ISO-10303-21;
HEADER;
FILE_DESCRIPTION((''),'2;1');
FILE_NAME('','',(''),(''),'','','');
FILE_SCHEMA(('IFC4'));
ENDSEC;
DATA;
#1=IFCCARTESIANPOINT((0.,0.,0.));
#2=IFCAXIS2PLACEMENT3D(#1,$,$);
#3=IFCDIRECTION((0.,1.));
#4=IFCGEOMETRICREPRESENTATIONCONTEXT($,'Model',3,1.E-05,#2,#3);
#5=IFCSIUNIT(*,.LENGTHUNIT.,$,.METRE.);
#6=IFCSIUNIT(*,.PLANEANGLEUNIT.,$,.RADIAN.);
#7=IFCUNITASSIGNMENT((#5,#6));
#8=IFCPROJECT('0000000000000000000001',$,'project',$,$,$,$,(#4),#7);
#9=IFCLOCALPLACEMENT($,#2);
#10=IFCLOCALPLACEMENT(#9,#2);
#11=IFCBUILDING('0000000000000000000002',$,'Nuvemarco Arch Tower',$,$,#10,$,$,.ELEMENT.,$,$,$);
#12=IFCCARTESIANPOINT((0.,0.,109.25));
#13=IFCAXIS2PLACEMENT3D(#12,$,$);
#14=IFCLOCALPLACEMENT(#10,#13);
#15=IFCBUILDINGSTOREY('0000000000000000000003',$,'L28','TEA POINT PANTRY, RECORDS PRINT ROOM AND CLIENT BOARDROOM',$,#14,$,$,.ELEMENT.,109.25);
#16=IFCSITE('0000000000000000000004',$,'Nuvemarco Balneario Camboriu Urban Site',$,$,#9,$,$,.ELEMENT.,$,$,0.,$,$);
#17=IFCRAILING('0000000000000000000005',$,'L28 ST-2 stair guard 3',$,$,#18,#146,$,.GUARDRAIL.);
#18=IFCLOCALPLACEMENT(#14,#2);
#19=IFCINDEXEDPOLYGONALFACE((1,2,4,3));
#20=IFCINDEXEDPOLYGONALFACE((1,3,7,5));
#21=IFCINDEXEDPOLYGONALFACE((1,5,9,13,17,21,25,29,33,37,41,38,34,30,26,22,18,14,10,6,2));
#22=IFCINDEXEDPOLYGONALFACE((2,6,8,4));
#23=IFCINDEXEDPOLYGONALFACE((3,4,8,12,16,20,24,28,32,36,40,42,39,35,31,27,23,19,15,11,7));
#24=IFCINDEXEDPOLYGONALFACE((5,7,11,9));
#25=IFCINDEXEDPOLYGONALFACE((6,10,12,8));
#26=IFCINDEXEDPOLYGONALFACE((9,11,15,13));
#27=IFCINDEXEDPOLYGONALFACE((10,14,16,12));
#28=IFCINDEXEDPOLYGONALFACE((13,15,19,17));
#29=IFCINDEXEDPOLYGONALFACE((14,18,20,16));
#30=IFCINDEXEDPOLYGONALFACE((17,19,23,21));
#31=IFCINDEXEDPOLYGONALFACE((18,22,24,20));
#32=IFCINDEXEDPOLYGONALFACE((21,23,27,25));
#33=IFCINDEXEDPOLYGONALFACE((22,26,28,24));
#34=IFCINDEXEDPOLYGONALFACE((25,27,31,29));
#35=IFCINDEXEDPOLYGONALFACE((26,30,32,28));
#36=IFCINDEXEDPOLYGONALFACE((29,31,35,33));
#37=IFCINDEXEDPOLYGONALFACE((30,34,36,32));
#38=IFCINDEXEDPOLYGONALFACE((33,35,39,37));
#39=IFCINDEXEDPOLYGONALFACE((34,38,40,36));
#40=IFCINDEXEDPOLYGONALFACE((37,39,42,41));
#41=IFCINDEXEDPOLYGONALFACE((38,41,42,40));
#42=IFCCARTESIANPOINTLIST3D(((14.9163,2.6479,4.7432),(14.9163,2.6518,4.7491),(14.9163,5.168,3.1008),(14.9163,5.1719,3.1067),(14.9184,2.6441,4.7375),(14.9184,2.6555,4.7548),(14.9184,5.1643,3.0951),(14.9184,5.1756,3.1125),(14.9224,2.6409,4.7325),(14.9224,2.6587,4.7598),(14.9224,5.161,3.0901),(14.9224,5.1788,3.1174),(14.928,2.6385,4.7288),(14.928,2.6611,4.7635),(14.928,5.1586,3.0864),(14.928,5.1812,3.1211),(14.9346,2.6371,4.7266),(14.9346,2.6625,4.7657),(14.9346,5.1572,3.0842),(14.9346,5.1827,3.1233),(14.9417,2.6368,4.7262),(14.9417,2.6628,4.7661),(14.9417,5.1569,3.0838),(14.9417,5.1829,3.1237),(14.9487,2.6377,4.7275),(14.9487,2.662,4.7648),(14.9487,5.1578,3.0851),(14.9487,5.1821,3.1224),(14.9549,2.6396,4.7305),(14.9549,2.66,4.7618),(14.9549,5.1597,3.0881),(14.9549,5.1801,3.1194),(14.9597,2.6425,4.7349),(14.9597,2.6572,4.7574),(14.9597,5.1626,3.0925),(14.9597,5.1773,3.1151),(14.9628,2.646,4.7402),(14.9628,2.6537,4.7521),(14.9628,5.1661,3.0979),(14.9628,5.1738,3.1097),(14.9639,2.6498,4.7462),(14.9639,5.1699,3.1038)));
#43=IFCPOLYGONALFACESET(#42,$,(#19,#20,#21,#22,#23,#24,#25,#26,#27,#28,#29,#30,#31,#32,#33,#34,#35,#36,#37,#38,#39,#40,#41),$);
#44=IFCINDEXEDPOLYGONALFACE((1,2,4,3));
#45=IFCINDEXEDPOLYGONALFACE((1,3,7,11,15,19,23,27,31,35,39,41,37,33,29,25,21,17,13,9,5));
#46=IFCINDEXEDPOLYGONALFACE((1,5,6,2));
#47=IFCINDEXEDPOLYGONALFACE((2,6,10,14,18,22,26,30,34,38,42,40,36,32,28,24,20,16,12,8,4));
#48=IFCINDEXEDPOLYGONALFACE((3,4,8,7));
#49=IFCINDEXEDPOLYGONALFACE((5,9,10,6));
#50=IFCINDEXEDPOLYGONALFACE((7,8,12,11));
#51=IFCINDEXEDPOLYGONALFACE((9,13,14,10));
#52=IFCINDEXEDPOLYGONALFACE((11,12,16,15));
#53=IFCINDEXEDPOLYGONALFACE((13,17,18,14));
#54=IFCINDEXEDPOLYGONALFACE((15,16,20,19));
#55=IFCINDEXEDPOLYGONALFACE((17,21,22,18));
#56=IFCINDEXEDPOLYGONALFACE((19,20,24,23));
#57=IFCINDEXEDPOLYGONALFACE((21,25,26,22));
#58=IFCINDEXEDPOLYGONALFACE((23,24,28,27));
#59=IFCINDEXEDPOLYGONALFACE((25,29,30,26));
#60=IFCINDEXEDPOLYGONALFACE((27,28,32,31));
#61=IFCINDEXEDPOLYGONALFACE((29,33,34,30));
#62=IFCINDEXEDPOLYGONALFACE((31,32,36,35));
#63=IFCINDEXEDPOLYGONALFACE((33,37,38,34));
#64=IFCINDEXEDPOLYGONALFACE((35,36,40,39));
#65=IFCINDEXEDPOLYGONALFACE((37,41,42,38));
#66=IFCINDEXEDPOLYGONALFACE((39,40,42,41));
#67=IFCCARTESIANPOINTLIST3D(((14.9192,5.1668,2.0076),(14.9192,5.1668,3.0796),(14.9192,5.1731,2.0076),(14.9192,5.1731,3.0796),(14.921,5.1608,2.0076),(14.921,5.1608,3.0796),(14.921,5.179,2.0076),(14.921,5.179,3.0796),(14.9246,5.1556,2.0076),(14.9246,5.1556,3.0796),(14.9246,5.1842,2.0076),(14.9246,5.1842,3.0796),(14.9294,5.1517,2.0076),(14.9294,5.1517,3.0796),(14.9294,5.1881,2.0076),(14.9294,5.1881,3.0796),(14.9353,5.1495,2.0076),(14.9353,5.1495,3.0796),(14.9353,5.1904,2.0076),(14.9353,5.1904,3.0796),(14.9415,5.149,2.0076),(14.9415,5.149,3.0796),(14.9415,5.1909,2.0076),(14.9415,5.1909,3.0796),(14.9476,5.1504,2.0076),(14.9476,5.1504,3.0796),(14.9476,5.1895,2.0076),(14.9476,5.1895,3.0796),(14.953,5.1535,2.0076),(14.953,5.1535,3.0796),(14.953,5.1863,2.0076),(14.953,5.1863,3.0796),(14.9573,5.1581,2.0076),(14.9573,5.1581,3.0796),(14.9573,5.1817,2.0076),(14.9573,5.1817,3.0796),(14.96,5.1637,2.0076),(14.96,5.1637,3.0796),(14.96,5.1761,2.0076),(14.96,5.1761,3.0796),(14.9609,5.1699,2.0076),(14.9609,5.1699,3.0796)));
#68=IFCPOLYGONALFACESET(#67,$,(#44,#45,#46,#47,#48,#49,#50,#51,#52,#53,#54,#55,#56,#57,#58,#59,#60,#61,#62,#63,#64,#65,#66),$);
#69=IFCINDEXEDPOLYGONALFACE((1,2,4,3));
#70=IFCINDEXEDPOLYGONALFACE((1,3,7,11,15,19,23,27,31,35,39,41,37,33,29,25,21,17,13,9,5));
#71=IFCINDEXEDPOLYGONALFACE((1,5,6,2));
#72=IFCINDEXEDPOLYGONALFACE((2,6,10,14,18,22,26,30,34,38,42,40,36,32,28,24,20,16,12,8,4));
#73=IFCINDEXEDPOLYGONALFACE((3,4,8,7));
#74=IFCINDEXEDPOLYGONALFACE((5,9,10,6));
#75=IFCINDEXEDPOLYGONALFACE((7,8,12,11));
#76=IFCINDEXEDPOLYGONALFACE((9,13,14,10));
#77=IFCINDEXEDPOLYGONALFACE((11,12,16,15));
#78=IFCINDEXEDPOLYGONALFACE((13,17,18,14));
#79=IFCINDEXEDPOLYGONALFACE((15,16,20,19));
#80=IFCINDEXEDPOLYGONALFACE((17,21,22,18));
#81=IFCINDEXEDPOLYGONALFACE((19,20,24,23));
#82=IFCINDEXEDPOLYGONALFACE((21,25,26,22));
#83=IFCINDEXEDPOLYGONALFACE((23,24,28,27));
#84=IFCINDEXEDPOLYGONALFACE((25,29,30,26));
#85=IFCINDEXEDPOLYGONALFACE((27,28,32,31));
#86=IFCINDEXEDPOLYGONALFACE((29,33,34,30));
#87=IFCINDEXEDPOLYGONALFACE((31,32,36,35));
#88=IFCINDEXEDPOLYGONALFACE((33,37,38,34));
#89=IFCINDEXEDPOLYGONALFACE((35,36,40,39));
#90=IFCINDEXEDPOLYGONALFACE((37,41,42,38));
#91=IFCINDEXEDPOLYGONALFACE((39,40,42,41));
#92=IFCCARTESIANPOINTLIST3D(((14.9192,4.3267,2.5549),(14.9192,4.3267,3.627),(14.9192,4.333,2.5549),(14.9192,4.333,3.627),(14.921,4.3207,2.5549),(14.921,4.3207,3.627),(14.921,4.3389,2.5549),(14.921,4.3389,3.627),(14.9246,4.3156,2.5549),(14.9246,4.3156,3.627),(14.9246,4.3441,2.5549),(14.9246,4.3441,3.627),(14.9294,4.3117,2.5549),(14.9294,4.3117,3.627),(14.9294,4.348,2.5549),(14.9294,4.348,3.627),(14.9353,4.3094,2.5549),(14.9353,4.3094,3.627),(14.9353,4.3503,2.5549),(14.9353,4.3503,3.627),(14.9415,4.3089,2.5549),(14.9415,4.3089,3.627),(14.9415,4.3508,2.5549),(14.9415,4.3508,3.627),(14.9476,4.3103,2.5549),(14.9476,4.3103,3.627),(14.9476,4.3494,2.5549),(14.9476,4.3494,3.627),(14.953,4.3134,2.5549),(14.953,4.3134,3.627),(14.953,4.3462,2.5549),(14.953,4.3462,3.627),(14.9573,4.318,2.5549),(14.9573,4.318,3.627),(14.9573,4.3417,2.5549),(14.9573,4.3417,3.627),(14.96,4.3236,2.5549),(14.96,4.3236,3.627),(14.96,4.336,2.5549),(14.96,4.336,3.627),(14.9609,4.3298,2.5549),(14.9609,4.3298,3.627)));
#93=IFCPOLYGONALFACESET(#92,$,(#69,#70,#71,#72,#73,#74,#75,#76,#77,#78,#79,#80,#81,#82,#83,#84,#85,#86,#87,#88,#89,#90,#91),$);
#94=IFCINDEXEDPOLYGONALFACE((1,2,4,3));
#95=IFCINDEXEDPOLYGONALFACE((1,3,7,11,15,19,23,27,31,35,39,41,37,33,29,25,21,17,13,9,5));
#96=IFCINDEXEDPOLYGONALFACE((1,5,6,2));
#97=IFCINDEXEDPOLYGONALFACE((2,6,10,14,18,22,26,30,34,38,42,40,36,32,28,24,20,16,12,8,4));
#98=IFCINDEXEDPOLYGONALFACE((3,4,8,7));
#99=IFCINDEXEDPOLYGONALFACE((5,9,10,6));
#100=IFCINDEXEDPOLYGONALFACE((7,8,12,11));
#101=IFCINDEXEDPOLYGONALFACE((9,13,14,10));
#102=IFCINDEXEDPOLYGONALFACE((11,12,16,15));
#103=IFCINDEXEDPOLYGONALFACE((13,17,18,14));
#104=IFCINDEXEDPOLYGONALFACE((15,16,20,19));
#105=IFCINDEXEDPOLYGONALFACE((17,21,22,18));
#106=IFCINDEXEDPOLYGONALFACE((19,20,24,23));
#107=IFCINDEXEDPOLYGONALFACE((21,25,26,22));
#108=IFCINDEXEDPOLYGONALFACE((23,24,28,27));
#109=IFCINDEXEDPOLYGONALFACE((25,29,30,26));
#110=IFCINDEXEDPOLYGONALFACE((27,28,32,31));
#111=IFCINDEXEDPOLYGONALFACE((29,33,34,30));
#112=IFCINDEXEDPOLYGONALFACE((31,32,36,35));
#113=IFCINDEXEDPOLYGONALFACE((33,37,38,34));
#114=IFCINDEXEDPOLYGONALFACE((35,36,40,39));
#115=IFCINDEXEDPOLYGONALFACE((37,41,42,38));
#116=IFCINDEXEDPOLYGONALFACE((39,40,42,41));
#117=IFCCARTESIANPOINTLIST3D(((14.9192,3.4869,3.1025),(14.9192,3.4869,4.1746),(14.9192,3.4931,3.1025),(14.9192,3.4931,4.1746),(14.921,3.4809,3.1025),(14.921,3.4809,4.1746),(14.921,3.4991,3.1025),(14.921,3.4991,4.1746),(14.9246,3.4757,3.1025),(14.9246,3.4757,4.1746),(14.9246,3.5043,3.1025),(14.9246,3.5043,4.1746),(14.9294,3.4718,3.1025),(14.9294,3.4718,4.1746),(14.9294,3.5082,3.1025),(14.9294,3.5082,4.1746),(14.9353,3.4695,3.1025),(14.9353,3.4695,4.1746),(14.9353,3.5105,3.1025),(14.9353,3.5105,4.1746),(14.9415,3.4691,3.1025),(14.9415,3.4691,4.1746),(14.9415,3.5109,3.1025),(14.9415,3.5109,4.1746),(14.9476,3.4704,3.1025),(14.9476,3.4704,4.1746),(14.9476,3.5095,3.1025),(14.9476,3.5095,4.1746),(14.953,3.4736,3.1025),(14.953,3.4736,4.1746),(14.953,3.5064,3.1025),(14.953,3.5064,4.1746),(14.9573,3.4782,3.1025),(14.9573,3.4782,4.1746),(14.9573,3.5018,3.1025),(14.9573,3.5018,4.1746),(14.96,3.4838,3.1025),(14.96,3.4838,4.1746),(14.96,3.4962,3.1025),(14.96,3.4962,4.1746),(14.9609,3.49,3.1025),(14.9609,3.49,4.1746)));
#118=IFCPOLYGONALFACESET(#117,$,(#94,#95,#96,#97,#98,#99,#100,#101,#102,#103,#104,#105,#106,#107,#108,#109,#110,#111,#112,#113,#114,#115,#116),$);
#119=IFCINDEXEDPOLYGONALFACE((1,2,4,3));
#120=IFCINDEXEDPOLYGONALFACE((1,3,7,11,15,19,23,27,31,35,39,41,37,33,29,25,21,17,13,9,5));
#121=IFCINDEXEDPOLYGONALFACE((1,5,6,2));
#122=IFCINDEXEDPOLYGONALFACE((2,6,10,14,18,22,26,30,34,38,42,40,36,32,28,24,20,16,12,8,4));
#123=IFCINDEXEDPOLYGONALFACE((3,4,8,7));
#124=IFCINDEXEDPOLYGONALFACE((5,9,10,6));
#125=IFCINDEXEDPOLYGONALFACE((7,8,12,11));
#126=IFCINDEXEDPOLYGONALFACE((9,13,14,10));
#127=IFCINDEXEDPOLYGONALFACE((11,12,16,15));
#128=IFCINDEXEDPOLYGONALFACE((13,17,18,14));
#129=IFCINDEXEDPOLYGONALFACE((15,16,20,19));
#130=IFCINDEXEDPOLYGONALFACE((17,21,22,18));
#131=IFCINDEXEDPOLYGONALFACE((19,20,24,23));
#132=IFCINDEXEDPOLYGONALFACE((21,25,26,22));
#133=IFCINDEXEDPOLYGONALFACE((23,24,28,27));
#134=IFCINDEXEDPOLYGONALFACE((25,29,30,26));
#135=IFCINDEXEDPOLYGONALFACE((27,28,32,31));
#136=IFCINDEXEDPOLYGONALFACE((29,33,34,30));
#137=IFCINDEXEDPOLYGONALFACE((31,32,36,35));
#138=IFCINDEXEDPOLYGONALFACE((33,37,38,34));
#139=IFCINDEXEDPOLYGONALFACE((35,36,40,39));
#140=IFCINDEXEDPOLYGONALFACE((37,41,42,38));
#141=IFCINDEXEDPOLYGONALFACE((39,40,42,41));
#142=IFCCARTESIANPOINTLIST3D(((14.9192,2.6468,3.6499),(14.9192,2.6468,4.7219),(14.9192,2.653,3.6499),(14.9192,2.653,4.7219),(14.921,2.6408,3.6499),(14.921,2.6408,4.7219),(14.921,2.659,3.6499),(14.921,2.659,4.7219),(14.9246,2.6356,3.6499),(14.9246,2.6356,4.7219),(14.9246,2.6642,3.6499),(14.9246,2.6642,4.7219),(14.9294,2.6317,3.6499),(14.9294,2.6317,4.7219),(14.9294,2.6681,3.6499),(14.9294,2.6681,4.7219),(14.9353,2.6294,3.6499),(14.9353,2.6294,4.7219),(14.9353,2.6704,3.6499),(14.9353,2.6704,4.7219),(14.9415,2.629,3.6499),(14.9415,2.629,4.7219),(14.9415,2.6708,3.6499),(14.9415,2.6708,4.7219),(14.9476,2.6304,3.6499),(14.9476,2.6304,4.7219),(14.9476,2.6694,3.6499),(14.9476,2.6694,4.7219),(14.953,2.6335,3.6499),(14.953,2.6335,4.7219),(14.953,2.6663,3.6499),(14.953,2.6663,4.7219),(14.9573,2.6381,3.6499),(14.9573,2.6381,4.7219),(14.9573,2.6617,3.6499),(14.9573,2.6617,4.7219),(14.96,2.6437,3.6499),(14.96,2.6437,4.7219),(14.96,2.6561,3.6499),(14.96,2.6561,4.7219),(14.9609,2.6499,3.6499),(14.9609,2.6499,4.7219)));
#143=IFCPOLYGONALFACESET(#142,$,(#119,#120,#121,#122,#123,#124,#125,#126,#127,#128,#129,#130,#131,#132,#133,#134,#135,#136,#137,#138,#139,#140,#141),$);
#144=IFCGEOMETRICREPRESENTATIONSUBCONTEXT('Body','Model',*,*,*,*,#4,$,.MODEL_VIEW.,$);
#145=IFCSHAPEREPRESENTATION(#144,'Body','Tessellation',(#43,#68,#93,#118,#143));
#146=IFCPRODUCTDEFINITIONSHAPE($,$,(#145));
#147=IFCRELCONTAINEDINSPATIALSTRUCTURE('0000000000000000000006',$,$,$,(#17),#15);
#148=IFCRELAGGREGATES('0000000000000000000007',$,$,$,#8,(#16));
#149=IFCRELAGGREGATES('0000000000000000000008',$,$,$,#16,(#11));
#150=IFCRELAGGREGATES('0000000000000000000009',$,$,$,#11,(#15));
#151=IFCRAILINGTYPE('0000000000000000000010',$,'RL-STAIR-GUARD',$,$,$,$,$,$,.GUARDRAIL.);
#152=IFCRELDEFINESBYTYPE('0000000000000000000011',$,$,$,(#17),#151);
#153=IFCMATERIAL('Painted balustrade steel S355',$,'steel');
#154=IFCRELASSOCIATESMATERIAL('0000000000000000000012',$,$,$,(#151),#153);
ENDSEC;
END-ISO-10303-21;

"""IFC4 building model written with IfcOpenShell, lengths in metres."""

from ifc_helpers import new_model, si_unit, direction, frame, origin, origin_2d, place, context, subcontext, project, spatial, circle, extrude, material, type_object, element, save


model = new_model("IFC4")

# Units and contexts
model_context = context("Model", 3, precision=1e-05, world=origin(), true_north=direction((0.0, 1.0)))
body_context = subcontext(model_context, "Body", "Model", "MODEL_VIEW")
ifc_project = project(units=[si_unit("LENGTHUNIT", "METRE"), si_unit("PLANEANGLEUNIT", "RADIAN")], contexts=[model_context])

# Site, building, storey
site_placement = place(None, origin())
site = spatial("IfcSite", under=ifc_project, at=site_placement, Name="Nuvemarco Balneario Camboriu Urban Site", CompositionType="ELEMENT", RefElevation=0.0)
building_placement = place(site_placement, origin())
building = spatial("IfcBuilding", under=site, at=building_placement, Name="Nuvemarco Arch Tower", CompositionType="ELEMENT")
storey_placement = place(building_placement, frame((0.0, 0.0, 109.25)))
storey = spatial("IfcBuildingStorey", under=building, at=storey_placement, Name="L28", Description="TEA POINT PANTRY, RECORDS PRINT ROOM AND CLIENT BOARDROOM", CompositionType="ELEMENT", Elevation=109.25)

# Railing
ifc_material_1 = material(Name="Painted balustrade steel S355", Category="steel")
railing_type_1 = type_object("IfcRailingType", Name="RL-STAIR-GUARD", PredefinedType="GUARDRAIL", material=ifc_material_1)
railing_1_placement = place(storey_placement, frame((14.9399, 5.1699, 2.0076)))
element("IfcRailing", 1, at=railing_1_placement, inside=storey, type_object=railing_type_1, Name="L28 ST-2 stair guard 3", PredefinedType="GUARDRAIL", context=body_context, shape_type="SweptSolid", body=[
    extrude(circle(Radius=0.0239, at=origin_2d()), frame((0.0, 0.0, 1.0962), z_axis=(0.0, -0.837787, 0.545998), x_axis=(1.0, 0.0, 0.0)), (0.0, 0.0, 1.0), 3.0081),
    extrude(circle(Radius=0.021, at=origin_2d()), origin(), (0.0, 0.0, 1.0), 1.072),
    extrude(circle(Radius=0.021, at=origin_2d()), frame((0.0, -0.8401, 0.5474)), (0.0, 0.0, 1.0), 1.072),
    extrude(circle(Radius=0.021, at=origin_2d()), frame((0.0, -1.6799, 1.095)), (0.0, 0.0, 1.0), 1.072),
    extrude(circle(Radius=0.021, at=origin_2d()), frame((0.0, -2.52, 1.6423)), (0.0, 0.0, 1.0), 1.072),
])

save(model, "model.ifc")
